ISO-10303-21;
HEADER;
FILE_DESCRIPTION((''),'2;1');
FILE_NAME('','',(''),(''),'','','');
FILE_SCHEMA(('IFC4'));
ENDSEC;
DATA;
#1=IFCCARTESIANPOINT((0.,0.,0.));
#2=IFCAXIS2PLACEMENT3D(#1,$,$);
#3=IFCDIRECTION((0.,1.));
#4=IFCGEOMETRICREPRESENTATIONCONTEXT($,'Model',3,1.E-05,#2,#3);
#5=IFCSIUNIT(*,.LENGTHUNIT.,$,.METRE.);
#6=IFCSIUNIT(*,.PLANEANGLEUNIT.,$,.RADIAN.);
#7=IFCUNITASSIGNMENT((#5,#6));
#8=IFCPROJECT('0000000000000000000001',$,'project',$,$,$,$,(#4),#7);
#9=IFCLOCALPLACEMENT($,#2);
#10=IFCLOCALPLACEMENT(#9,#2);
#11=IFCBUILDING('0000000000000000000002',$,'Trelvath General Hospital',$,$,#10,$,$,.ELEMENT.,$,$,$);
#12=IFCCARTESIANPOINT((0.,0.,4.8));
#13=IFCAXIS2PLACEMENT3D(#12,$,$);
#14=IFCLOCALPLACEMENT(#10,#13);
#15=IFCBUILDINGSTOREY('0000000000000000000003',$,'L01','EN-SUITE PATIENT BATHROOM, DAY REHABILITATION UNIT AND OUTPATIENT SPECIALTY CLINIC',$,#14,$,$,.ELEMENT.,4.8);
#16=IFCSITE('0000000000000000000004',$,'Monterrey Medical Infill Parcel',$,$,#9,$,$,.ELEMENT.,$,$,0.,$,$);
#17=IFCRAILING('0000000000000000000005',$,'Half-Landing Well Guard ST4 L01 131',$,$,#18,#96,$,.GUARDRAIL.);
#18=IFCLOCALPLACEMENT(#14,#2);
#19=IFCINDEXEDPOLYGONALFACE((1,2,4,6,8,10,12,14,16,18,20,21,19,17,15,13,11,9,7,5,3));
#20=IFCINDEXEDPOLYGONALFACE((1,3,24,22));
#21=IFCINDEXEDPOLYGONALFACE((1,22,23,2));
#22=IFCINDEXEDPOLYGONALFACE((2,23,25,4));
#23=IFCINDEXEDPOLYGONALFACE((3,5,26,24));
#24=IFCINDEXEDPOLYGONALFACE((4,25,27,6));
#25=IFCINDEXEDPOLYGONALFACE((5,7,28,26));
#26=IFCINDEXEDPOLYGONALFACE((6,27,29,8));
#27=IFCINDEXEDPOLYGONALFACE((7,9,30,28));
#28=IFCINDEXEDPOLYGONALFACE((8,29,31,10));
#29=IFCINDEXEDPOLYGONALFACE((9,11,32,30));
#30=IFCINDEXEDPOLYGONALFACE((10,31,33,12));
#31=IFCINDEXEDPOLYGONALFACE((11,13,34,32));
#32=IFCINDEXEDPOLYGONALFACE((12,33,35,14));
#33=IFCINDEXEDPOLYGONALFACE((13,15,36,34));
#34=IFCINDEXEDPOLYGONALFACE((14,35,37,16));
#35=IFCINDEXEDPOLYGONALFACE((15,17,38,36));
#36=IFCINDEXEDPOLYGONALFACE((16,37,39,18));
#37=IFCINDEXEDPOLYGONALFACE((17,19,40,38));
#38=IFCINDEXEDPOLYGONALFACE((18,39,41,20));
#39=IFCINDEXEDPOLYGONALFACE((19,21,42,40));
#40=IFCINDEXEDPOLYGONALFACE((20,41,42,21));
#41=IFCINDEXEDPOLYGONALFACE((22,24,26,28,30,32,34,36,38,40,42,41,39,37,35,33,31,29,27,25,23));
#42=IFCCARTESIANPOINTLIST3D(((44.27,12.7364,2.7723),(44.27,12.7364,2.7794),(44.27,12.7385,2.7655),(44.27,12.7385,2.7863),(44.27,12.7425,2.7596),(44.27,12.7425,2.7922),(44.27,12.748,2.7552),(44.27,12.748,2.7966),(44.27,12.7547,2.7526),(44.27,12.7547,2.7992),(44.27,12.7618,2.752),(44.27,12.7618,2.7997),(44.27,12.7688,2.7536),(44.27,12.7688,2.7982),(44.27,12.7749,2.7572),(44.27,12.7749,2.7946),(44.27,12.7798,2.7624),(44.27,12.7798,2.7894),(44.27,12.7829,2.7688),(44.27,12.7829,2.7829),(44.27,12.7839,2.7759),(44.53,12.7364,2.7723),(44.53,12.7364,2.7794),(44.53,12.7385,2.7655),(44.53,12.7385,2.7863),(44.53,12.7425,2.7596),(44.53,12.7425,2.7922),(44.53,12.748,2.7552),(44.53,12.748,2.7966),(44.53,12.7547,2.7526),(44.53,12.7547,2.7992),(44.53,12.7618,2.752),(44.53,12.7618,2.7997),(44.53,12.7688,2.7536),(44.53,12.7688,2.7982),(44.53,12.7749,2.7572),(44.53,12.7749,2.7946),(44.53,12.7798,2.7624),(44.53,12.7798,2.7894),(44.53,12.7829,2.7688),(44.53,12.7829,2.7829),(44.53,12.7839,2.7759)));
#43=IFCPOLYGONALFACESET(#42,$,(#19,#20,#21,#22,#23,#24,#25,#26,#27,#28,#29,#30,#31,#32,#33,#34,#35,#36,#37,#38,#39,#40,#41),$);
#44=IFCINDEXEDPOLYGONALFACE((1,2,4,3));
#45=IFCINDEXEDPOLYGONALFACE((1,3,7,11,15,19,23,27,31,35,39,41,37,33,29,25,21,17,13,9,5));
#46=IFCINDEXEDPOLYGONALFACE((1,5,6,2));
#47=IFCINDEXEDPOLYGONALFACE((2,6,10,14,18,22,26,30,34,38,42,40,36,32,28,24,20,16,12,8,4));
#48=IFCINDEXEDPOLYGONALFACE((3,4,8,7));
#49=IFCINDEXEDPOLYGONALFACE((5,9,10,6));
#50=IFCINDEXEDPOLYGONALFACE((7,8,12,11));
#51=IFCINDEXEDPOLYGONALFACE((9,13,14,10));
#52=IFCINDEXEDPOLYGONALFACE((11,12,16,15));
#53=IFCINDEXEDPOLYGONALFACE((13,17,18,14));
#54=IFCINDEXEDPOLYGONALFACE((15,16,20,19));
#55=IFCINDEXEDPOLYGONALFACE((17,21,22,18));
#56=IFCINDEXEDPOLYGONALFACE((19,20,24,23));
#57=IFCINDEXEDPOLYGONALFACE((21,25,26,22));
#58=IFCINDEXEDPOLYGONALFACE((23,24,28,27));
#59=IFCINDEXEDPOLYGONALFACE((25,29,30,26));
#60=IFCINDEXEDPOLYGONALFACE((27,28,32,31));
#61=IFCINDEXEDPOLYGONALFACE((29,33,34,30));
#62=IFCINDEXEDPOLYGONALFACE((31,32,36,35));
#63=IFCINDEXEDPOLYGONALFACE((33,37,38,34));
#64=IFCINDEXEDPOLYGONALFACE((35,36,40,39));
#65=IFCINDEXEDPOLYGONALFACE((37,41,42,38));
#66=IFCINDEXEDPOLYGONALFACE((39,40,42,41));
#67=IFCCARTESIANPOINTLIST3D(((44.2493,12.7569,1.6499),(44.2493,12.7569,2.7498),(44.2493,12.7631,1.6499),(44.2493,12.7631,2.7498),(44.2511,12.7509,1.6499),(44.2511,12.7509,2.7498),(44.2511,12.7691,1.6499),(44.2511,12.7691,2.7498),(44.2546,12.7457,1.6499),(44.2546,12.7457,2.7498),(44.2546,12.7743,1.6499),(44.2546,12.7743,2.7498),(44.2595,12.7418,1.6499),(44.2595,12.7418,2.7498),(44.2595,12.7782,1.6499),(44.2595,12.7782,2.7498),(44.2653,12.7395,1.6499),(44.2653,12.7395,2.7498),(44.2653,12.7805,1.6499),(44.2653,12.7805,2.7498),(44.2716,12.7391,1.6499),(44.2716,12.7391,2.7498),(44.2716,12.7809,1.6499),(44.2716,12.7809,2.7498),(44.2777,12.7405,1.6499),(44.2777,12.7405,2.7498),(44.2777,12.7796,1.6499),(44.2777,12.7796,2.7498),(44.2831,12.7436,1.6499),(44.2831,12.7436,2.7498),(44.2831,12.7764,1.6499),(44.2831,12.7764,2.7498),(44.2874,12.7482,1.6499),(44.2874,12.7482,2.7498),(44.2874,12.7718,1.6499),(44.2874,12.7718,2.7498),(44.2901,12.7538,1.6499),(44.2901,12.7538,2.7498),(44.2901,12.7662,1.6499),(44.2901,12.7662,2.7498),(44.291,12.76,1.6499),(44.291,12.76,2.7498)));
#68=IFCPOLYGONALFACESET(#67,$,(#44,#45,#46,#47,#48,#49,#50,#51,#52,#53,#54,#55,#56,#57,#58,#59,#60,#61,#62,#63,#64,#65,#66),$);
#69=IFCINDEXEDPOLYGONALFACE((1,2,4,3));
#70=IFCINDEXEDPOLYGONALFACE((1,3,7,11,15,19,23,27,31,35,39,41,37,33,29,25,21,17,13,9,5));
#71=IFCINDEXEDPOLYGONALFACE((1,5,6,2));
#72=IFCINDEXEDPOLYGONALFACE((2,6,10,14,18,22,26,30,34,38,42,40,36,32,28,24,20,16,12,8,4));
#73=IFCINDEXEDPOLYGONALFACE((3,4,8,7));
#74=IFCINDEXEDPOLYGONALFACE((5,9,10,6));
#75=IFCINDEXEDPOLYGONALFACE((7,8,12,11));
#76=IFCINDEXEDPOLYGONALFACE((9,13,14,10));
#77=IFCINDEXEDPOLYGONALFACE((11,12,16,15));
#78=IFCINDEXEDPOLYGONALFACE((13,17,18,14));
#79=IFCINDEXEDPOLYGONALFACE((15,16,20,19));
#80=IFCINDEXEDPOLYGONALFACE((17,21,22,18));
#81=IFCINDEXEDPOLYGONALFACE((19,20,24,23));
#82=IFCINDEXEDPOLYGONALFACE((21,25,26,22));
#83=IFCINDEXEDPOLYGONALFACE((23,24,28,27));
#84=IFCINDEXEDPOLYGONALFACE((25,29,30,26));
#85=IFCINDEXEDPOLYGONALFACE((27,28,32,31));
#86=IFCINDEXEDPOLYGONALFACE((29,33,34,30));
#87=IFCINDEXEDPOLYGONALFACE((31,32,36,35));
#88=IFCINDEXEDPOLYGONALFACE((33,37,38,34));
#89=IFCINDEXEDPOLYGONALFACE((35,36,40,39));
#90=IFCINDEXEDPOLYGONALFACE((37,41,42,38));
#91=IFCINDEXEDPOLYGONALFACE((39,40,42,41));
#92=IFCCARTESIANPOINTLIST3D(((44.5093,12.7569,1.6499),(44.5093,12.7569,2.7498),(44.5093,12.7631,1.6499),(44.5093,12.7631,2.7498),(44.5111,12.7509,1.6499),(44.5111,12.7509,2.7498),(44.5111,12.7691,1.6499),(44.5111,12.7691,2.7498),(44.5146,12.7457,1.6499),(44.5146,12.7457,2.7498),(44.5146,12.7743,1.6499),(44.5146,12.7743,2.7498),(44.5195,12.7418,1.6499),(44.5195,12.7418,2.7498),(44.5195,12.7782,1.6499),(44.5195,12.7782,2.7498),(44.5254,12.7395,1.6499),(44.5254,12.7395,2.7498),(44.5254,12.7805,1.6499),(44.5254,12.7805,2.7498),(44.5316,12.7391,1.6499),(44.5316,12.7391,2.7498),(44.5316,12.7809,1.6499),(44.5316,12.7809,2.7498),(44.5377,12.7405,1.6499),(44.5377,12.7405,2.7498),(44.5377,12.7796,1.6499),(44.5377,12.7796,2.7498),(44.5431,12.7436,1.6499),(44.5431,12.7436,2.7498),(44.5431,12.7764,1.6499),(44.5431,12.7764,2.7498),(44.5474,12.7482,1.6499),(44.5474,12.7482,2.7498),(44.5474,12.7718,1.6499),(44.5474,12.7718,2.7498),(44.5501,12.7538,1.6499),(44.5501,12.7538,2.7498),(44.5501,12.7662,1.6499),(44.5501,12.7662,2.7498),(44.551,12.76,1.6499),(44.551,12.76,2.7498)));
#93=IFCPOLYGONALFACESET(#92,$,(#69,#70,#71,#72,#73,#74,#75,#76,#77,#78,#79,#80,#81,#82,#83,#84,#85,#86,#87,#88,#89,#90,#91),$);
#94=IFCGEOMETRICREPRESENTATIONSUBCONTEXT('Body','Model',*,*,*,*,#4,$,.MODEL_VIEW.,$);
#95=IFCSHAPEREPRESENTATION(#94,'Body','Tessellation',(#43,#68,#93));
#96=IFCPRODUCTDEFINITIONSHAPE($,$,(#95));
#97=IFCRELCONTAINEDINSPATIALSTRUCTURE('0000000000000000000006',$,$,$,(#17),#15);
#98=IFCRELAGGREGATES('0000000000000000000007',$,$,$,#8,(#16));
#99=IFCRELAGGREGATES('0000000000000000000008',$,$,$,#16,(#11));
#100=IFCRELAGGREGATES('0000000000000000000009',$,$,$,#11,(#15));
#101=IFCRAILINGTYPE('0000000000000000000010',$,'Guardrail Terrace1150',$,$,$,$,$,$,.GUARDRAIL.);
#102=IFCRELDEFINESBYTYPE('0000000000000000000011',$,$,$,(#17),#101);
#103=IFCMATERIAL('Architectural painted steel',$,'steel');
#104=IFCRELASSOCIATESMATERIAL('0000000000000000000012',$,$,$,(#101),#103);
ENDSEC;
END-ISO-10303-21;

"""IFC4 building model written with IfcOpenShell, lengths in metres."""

from ifc_helpers import new_model, si_unit, direction, frame, origin, origin_2d, place, context, subcontext, project, spatial, circle, extrude, material, type_object, element, save


model = new_model("IFC4")

# Units and contexts
model_context = context("Model", 3, precision=1e-05, world=origin(), true_north=direction((0.0, 1.0)))
body_context = subcontext(model_context, "Body", "Model", "MODEL_VIEW")
ifc_project = project(units=[si_unit("LENGTHUNIT", "METRE"), si_unit("PLANEANGLEUNIT", "RADIAN")], contexts=[model_context])

# Site, building, storey
site_placement = place(None, origin())
site = spatial("IfcSite", under=ifc_project, at=site_placement, Name="Monterrey Medical Infill Parcel", CompositionType="ELEMENT", RefElevation=0.0)
building_placement = place(site_placement, origin())
building = spatial("IfcBuilding", under=site, at=building_placement, Name="Trelvath General Hospital", CompositionType="ELEMENT")
storey_placement = place(building_placement, frame((0.0, 0.0, 4.8)))
storey = spatial("IfcBuildingStorey", under=building, at=storey_placement, Name="L01", Description="EN-SUITE PATIENT BATHROOM, DAY REHABILITATION UNIT AND OUTPATIENT SPECIALTY CLINIC", CompositionType="ELEMENT", Elevation=4.8)

# Railing
ifc_material_1 = material(Name="Architectural painted steel", Category="steel")
railing_type_1 = type_object("IfcRailingType", Name="Guardrail Terrace1150", PredefinedType="GUARDRAIL", material=ifc_material_1)
railing_1_placement = place(storey_placement, frame((44.27, 12.76, 1.6499)))
element("IfcRailing", 1, at=railing_1_placement, inside=storey, type_object=railing_type_1, Name="Half-Landing Well Guard ST4 L01 131", PredefinedType="GUARDRAIL", context=body_context, shape_type="SweptSolid", body=[
    extrude(circle(Radius=0.0239, at=origin_2d()), frame((0.0, 0.0, 1.126), z_axis=(1.0, 0.0, 0.0), x_axis=(0.0, 1.0, 0.0)), (0.0, 0.0, 1.0), 0.26),
    extrude(circle(Radius=0.021, at=origin_2d()), origin(), (0.0, 0.0, 1.0), 1.0999),
    extrude(circle(Radius=0.021, at=origin_2d()), frame((0.26, 0.0, 0.0)), (0.0, 0.0, 1.0), 1.0999),
])

save(model, "model.ifc")
